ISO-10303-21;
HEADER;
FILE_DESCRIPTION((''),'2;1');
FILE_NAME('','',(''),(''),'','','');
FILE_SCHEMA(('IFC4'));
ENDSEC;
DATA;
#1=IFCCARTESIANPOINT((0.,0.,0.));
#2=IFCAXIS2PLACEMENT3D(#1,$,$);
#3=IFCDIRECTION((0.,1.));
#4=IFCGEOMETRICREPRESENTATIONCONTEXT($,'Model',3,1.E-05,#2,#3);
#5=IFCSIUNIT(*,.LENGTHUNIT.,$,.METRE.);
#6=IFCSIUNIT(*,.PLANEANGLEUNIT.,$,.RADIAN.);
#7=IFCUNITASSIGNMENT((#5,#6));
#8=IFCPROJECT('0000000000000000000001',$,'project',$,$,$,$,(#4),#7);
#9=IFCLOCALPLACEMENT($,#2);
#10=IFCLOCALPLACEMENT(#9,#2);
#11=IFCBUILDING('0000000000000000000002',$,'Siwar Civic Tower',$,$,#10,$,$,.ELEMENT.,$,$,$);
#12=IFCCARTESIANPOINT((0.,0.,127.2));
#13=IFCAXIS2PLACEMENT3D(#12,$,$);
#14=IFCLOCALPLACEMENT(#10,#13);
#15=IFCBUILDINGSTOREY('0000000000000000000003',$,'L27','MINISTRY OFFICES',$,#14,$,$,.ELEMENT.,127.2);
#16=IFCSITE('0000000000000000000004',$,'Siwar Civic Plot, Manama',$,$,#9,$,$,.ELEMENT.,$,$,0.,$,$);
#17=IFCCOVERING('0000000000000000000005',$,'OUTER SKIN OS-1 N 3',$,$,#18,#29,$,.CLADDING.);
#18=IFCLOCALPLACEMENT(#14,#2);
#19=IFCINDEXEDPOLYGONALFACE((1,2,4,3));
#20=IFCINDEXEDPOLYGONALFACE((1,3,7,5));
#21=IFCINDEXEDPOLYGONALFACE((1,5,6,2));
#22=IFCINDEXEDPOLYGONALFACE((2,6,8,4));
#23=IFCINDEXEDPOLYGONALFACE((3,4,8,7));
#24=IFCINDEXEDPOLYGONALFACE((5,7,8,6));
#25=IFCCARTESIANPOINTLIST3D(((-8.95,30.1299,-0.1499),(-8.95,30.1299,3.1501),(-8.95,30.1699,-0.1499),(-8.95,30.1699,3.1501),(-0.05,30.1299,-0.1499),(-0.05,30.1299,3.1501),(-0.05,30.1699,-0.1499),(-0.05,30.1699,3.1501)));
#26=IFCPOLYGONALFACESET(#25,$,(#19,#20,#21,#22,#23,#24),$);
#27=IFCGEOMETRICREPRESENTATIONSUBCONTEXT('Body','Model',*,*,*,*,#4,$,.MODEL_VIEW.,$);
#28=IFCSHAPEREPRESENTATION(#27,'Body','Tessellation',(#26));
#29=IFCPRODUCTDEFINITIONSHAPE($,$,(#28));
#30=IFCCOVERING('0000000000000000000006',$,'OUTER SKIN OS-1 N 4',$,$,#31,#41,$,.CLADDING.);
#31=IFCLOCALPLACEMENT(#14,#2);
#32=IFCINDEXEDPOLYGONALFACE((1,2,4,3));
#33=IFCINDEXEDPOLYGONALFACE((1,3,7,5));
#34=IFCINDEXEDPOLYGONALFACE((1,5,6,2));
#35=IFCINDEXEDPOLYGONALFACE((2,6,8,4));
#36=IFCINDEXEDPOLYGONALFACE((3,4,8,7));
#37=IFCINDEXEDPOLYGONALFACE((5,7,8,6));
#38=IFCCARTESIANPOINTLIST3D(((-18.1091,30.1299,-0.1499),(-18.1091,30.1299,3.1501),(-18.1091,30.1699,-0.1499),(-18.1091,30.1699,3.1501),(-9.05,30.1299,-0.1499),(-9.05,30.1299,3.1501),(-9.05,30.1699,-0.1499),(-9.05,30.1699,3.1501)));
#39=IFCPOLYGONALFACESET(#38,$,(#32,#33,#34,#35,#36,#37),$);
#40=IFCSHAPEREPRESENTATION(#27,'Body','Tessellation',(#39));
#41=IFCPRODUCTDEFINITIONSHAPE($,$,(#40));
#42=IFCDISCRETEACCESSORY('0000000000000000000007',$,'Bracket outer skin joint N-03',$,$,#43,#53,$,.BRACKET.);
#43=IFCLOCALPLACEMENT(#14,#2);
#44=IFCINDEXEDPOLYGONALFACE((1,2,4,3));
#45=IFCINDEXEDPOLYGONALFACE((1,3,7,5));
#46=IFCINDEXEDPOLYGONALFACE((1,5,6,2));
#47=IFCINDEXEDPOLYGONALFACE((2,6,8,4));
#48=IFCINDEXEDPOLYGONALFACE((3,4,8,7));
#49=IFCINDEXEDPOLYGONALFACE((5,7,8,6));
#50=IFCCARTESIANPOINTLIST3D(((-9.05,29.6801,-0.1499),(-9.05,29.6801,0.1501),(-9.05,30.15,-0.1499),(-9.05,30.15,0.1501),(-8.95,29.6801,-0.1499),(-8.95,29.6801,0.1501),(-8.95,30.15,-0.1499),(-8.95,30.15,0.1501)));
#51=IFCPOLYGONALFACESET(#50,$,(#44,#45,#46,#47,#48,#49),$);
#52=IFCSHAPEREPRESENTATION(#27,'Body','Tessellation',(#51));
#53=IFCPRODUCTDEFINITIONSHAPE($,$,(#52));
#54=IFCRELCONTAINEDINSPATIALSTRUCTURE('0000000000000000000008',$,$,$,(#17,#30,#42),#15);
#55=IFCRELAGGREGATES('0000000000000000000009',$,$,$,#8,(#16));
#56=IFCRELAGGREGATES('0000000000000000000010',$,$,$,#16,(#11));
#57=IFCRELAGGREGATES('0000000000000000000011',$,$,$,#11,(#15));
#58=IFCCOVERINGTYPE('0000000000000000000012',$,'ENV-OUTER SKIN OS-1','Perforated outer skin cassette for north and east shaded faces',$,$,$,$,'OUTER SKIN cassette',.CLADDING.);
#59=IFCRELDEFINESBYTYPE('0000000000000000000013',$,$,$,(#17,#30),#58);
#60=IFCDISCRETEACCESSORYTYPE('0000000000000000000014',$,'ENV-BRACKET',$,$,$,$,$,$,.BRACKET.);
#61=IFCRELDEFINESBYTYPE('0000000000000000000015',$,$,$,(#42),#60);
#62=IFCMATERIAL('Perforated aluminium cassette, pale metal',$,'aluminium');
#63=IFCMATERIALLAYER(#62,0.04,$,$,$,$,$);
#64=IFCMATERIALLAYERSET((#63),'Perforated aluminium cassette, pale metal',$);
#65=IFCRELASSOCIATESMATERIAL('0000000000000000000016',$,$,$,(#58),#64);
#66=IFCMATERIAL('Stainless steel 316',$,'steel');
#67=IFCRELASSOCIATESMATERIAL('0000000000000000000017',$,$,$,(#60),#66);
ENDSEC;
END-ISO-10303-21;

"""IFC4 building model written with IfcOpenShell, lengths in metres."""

from ifc_helpers import new_model, si_unit, direction, frame, origin, origin_2d, place, context, subcontext, project, spatial, rectangle, extrude, material, layer, layer_set, type_object, element, save


model = new_model("IFC4")

# Units and contexts
model_context = context("Model", 3, precision=1e-05, world=origin(), true_north=direction((0.0, 1.0)))
body_context = subcontext(model_context, "Body", "Model", "MODEL_VIEW")
ifc_project = project(units=[si_unit("LENGTHUNIT", "METRE"), si_unit("PLANEANGLEUNIT", "RADIAN")], contexts=[model_context])

# Site, building, storey
site_placement = place(None, origin())
site = spatial("IfcSite", under=ifc_project, at=site_placement, Name="Siwar Civic Plot, Manama", CompositionType="ELEMENT", RefElevation=0.0)
building_placement = place(site_placement, origin())
building = spatial("IfcBuilding", under=site, at=building_placement, Name="Siwar Civic Tower", CompositionType="ELEMENT")
storey_placement = place(building_placement, frame((0.0, 0.0, 127.2)))
storey = spatial("IfcBuildingStorey", under=building, at=storey_placement, Name="L27", Description="MINISTRY OFFICES", CompositionType="ELEMENT", Elevation=127.2)

# Coverings
ifc_material_1 = material(Name="Perforated aluminium cassette, pale metal", Category="aluminium")
ifc_layer_1 = layer(ifc_material_1, 0.04)
ifc_layer_set_1 = layer_set([ifc_layer_1], Name="Perforated aluminium cassette, pale metal")
covering_type = type_object("IfcCoveringType", Name="ENV-OUTER SKIN OS-1", Description="Perforated outer skin cassette for north and east shaded faces", ElementType="OUTER SKIN cassette", PredefinedType="CLADDING", material=ifc_layer_set_1)
covering_1_placement = place(storey_placement, frame((-4.5, 30.1499, -0.1499), z_axis=(0.0, 0.0, 1.0), x_axis=(-1.0, 0.0, 0.0)))
element("IfcCovering", 1, at=covering_1_placement, inside=storey, type_object=covering_type, Name="OUTER SKIN OS-1 N 3", PredefinedType="CLADDING", context=body_context, shape_type="SweptSolid", body=[
    extrude(rectangle(XDim=8.8999, YDim=0.04, at=origin_2d()), origin(), (0.0, 0.0, 1.0), 3.3),
])
covering_2_placement = place(storey_placement, frame((-13.5796, 30.1499, -0.1499), z_axis=(0.0, 0.0, 1.0), x_axis=(-1.0, 0.0, 0.0)))
element("IfcCovering", 2, at=covering_2_placement, inside=storey, type_object=covering_type, Name="OUTER SKIN OS-1 N 4", PredefinedType="CLADDING", context=body_context, shape_type="SweptSolid", body=[
    extrude(rectangle(XDim=9.0591, YDim=0.04, at=origin_2d()), origin(), (0.0, 0.0, 1.0), 3.3),
])

# Discrete accessory
ifc_material_2 = material(Name="Stainless steel 316", Category="steel")
discrete_accessory_type = type_object("IfcDiscreteAccessoryType", Name="ENV-BRACKET", PredefinedType="BRACKET", material=ifc_material_2)
discrete_accessory_placement = place(storey_placement, frame((-9.0, 29.915, -0.1499), z_axis=(0.0, 0.0, 1.0), x_axis=(0.0, 1.0, 0.0)))
element("IfcDiscreteAccessory", 3, at=discrete_accessory_placement, inside=storey, type_object=discrete_accessory_type, Name="Bracket outer skin joint N-03", PredefinedType="BRACKET", context=body_context, shape_type="SweptSolid", body=[
    extrude(rectangle(XDim=0.47, YDim=0.1001, at=origin_2d()), origin(), (0.0, 0.0, 1.0), 0.3),
])

save(model, "model.ifc")
